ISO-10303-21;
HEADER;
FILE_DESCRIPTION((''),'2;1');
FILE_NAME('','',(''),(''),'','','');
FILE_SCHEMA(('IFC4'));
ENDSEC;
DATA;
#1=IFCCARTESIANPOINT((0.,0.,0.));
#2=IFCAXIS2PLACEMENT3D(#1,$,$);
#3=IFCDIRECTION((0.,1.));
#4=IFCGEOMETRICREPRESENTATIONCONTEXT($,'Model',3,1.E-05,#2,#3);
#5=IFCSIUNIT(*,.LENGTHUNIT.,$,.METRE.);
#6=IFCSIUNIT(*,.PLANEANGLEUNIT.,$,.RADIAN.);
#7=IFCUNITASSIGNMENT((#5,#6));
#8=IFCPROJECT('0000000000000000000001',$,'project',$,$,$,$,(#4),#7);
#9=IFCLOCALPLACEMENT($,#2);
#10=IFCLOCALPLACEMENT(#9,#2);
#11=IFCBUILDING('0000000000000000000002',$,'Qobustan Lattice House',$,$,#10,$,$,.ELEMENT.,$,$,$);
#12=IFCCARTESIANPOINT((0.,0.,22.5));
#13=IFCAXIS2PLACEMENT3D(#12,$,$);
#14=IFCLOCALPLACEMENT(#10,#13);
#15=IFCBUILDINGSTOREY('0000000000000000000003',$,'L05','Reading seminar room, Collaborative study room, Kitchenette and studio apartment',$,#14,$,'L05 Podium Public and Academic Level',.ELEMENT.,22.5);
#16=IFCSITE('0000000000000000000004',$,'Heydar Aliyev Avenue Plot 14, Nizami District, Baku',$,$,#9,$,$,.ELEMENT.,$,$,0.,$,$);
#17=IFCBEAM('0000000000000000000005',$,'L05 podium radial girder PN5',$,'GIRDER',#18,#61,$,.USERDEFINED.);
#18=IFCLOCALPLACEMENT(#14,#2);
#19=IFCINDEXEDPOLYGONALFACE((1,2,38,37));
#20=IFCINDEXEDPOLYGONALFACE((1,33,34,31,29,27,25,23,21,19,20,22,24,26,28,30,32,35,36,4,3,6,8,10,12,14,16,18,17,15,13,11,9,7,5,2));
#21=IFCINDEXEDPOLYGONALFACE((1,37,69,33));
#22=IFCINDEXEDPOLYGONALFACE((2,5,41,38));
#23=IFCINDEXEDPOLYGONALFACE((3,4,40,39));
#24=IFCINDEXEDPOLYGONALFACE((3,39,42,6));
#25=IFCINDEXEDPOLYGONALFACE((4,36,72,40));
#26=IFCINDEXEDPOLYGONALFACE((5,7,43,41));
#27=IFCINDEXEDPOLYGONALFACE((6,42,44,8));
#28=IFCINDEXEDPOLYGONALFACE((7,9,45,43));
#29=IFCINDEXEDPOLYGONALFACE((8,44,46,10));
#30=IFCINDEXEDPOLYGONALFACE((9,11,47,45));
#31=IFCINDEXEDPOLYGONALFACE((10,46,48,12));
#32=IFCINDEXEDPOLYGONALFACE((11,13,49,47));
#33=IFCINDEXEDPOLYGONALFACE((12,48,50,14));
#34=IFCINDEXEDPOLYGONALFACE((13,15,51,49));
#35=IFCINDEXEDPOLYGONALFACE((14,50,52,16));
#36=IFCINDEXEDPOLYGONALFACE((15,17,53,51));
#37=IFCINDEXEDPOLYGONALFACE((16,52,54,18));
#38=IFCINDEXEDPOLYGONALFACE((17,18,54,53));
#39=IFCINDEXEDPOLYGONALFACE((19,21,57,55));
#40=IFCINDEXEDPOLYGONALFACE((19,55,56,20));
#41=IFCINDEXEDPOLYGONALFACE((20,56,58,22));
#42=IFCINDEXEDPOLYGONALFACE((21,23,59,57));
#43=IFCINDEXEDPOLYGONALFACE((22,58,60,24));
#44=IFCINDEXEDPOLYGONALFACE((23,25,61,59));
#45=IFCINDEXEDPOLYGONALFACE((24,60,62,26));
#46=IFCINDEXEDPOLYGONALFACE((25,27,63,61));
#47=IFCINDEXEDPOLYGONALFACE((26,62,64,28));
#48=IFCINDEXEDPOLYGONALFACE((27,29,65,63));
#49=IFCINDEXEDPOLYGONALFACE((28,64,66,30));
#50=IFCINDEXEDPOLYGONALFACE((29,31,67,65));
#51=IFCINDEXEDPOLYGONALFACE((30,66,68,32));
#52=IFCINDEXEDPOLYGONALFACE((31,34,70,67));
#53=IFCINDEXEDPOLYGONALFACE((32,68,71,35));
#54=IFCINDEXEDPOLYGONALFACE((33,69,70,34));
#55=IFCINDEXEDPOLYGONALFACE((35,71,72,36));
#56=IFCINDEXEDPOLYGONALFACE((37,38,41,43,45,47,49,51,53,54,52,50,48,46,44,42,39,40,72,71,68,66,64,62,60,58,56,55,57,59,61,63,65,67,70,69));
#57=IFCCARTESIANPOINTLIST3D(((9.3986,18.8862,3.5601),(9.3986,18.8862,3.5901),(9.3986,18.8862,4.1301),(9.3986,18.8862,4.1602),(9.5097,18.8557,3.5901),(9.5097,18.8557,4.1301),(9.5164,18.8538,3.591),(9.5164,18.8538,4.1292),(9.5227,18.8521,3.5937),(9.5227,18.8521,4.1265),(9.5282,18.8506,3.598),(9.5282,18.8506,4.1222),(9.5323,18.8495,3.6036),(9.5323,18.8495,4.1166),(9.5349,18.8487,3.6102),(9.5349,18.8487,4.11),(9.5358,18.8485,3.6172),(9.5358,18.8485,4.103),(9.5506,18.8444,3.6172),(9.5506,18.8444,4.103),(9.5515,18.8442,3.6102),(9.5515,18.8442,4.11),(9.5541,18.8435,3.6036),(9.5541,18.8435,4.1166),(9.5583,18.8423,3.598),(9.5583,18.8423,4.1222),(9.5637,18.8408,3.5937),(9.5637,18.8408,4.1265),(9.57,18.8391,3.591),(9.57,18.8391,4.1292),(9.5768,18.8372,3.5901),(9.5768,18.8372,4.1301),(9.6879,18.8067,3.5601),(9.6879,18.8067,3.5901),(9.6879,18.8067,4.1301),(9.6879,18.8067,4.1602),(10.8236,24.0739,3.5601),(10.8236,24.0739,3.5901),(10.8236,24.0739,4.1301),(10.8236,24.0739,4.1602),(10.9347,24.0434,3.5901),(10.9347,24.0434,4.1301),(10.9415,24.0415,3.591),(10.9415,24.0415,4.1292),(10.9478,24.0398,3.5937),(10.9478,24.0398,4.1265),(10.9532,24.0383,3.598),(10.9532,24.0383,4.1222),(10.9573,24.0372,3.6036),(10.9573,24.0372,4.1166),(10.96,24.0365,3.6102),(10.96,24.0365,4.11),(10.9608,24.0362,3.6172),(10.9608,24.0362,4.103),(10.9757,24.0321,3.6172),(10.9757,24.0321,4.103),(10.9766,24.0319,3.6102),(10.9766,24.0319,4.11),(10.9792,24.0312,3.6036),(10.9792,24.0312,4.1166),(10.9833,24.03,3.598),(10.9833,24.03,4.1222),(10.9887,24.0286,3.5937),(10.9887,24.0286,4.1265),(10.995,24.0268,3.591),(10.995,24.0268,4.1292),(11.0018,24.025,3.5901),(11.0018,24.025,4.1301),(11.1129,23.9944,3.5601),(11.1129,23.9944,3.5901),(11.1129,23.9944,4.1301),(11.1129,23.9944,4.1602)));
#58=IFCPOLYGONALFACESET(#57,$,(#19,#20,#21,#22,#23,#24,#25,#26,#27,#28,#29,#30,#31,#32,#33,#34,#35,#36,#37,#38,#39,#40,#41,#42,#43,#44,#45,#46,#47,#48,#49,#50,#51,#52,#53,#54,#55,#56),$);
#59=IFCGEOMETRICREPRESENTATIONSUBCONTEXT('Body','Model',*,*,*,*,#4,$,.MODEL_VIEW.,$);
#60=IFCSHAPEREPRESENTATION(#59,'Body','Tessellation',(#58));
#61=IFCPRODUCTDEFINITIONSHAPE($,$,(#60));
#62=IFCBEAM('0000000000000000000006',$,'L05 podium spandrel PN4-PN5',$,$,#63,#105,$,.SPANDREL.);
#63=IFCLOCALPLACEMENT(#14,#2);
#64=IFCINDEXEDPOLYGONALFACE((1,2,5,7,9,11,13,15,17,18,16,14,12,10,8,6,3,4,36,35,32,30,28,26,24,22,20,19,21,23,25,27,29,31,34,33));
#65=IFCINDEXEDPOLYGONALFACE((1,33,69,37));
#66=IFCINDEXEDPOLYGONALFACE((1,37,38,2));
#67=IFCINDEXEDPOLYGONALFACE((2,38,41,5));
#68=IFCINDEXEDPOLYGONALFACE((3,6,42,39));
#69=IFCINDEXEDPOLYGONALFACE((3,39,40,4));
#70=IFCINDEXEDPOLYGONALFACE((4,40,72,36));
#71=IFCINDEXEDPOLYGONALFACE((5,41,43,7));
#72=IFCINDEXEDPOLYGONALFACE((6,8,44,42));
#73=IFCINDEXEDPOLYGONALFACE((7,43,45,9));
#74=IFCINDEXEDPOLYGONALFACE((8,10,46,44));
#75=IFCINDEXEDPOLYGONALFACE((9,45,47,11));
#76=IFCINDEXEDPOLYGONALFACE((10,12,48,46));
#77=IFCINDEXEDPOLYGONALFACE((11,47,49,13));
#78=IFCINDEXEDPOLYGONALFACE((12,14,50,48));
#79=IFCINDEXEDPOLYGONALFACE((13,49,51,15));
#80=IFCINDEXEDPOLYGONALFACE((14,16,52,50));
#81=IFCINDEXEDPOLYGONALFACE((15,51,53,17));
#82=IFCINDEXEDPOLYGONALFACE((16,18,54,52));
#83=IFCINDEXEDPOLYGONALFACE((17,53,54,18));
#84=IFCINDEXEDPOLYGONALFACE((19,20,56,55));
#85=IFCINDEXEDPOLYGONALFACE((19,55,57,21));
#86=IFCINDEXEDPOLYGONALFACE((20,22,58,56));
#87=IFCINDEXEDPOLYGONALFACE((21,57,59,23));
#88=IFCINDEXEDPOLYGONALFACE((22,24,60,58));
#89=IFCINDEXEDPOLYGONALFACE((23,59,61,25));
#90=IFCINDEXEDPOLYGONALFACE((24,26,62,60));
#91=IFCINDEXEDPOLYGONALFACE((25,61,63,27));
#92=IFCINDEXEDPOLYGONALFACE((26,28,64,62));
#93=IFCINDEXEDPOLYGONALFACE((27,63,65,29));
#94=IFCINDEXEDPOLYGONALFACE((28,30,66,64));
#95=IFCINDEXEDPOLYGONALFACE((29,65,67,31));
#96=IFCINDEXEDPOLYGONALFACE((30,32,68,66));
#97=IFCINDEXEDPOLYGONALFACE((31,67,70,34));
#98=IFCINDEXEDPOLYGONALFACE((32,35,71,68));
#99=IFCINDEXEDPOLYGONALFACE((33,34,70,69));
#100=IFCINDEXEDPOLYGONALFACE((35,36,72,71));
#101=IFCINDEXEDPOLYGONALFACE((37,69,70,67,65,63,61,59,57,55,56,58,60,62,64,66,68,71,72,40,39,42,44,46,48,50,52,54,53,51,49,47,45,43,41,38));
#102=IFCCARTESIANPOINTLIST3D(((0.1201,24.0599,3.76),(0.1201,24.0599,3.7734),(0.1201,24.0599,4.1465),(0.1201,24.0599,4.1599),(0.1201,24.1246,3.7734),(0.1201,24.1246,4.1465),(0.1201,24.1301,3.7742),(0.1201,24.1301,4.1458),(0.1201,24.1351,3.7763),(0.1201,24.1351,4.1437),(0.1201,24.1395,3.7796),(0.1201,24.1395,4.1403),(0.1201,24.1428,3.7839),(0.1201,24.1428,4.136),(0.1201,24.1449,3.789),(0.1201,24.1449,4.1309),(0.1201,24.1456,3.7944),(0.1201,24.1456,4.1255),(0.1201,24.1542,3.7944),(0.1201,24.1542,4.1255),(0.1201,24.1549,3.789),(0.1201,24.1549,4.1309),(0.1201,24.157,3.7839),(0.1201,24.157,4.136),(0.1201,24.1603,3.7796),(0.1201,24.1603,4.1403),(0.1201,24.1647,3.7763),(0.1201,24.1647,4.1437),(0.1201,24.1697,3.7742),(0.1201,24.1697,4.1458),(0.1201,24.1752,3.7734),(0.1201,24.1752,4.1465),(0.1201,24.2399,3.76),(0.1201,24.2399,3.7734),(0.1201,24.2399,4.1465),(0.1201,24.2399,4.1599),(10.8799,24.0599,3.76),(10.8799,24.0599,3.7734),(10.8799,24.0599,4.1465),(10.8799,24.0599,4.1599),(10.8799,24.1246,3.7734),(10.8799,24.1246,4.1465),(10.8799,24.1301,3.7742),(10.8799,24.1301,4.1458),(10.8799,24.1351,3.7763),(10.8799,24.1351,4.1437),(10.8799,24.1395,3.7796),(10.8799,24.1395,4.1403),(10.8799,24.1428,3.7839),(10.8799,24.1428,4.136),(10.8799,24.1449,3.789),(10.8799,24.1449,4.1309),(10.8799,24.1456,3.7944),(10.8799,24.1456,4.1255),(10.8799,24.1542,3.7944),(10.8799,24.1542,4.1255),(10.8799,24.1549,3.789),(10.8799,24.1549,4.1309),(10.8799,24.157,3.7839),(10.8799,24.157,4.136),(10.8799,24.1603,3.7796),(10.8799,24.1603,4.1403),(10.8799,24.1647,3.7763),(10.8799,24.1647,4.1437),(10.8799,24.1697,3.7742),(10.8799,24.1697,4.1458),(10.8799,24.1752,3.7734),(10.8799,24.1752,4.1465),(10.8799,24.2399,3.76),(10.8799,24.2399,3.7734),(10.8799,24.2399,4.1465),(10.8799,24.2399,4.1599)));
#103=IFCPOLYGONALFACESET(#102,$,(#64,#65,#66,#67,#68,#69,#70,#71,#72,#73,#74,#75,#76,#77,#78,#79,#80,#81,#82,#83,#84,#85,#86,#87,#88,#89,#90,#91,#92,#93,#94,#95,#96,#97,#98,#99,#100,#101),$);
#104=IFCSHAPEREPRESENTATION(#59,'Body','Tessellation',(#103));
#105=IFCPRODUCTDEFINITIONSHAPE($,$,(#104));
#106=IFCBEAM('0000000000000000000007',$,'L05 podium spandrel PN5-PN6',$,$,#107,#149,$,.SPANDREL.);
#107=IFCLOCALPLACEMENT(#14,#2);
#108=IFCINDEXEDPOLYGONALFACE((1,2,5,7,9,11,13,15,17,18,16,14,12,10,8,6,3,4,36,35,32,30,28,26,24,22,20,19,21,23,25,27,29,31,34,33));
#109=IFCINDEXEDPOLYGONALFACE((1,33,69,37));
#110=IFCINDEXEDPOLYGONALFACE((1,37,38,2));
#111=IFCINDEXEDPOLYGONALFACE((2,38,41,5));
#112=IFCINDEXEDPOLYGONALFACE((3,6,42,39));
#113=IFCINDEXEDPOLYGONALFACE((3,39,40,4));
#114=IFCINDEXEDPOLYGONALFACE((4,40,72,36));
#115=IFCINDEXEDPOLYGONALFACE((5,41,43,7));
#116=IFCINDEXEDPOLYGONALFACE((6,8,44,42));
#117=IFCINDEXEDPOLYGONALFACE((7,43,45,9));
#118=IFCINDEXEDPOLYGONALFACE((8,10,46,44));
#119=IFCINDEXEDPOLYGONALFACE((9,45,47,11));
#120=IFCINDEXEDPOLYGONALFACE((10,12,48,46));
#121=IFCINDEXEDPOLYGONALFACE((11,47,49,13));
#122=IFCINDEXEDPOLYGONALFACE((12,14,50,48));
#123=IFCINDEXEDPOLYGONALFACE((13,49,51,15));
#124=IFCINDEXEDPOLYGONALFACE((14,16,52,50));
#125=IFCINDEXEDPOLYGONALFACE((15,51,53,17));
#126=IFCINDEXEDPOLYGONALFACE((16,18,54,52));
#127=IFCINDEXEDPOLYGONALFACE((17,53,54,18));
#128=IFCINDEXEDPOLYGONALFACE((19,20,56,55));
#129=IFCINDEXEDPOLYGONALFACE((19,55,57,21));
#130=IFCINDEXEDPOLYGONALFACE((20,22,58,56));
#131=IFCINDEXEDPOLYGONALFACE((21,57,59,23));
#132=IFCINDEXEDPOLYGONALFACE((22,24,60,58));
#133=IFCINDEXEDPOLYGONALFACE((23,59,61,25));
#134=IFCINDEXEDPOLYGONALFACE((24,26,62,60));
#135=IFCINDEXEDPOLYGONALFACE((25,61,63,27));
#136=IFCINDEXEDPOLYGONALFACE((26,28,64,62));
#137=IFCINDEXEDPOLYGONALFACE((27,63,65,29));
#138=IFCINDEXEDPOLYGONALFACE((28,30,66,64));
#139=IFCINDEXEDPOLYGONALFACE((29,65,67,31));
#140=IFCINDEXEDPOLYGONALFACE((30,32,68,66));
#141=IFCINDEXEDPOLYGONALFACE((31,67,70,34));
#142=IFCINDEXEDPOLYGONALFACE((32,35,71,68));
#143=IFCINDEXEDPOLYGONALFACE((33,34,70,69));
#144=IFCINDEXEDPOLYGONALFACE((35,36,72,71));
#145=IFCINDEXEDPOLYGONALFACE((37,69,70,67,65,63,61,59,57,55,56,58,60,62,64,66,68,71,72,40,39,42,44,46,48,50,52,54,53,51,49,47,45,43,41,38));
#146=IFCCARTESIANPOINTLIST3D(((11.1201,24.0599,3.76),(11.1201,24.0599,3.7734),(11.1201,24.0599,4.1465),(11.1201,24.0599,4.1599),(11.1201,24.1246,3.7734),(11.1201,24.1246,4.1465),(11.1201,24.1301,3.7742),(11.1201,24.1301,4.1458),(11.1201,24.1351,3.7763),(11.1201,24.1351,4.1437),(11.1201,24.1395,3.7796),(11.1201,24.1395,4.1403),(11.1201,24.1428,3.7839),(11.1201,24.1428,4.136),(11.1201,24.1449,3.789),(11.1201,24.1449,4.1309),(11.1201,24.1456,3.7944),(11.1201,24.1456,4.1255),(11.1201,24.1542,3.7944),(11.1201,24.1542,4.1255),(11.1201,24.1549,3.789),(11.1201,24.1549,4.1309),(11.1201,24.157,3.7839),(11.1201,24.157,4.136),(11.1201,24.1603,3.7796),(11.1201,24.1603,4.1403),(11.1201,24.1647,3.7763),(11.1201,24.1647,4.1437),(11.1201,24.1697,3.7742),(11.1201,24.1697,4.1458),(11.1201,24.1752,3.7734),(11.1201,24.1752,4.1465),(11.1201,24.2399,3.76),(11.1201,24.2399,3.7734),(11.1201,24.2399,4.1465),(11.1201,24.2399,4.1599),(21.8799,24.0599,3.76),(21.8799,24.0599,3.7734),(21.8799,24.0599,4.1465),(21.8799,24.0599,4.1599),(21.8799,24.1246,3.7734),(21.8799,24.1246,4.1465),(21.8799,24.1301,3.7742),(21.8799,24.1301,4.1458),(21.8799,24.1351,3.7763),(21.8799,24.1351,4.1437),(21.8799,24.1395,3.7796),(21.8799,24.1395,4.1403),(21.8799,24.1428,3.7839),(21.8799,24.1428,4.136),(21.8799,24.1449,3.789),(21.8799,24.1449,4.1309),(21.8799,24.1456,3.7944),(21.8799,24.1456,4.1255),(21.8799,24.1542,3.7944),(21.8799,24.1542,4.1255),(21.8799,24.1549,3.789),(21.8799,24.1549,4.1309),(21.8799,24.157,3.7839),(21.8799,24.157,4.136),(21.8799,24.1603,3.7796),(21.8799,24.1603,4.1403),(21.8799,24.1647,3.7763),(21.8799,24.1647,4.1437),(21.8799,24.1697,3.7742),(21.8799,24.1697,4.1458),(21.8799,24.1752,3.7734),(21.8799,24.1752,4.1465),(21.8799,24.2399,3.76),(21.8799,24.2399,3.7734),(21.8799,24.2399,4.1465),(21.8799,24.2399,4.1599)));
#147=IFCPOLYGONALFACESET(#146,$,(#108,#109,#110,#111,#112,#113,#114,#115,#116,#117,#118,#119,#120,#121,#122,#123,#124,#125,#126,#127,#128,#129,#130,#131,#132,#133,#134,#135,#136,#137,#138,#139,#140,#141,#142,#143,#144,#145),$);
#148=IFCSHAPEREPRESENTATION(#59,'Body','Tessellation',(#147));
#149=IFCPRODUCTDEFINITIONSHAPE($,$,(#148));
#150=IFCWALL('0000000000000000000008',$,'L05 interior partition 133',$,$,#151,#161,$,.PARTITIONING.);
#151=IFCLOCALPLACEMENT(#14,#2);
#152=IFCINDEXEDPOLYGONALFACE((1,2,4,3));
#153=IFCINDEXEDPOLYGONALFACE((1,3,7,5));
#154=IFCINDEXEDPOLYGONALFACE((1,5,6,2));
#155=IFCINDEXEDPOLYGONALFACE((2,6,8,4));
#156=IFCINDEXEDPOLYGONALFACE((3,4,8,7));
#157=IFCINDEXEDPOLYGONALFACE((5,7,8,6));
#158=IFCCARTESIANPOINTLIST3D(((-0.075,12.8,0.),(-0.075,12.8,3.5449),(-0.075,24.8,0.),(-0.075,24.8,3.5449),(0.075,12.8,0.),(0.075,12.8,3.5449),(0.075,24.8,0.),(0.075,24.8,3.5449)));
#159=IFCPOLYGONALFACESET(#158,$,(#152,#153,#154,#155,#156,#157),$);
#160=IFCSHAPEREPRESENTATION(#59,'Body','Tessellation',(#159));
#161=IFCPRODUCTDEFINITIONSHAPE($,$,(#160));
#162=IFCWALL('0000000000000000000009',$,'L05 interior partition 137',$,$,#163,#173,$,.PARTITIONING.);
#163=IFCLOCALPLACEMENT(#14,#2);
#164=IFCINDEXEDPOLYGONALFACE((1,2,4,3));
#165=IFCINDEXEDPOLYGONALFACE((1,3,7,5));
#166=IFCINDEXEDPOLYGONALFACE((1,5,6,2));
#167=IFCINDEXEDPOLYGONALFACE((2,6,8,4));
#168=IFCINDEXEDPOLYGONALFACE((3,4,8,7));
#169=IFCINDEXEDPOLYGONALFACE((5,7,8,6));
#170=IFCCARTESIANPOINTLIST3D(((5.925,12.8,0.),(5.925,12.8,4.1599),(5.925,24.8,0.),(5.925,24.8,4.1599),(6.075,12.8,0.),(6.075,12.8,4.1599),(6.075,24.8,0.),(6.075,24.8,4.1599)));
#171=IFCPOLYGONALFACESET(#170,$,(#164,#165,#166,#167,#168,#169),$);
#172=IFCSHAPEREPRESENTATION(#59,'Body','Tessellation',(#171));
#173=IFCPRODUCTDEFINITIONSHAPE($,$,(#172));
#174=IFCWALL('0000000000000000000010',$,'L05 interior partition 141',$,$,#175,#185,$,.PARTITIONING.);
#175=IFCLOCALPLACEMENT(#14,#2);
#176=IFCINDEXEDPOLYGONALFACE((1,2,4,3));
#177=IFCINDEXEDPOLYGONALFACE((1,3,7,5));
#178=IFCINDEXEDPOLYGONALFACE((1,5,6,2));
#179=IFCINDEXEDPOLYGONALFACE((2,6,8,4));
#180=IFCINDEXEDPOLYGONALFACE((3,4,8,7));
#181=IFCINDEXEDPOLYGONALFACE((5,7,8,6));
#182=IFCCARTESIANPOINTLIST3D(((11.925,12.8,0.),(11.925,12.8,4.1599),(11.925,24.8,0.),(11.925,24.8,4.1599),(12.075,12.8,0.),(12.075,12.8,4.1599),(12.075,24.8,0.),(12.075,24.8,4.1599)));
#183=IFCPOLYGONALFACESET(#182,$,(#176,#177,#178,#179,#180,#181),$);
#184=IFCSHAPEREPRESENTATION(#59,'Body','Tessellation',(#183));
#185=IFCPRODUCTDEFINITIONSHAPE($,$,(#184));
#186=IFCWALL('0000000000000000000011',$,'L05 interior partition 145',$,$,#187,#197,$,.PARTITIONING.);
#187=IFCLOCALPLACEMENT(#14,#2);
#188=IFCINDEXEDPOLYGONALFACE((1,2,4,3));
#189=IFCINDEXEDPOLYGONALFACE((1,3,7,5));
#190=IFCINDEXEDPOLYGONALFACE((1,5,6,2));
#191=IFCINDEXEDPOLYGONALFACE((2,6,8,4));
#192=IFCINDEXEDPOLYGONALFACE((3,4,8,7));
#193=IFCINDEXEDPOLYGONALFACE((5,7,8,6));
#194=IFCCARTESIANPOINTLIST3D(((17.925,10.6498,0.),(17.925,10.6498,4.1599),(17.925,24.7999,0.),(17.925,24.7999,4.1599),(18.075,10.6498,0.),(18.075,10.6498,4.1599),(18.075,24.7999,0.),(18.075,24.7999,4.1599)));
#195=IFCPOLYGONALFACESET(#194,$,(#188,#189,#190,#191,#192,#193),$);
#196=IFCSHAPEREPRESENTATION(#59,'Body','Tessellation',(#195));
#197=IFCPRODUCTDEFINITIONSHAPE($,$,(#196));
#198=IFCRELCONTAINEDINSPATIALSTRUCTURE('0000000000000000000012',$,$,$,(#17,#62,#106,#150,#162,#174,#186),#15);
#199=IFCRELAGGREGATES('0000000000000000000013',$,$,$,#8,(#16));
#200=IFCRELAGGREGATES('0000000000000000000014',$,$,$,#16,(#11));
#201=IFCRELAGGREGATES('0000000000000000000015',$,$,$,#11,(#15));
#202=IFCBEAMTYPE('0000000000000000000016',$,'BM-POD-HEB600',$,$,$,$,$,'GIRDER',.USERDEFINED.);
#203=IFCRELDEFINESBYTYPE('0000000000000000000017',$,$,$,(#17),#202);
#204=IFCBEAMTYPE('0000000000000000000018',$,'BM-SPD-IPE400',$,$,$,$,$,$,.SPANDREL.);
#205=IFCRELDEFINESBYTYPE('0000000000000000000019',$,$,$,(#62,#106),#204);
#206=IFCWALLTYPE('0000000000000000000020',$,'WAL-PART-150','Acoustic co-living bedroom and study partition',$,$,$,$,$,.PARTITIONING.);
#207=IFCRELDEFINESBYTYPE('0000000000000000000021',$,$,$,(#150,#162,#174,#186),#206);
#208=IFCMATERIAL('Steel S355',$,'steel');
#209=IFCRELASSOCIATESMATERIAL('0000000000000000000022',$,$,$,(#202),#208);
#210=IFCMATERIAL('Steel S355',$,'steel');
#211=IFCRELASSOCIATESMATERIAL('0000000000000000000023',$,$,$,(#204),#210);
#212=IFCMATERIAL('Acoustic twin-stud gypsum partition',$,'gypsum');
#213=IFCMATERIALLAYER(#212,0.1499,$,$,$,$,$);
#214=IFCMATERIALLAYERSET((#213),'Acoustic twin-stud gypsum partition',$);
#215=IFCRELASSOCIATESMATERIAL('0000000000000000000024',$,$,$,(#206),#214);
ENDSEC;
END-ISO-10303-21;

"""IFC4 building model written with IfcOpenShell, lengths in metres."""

from ifc_helpers import new_model, si_unit, direction, frame, frame_2d, origin, origin_2d, place, context, subcontext, project, spatial, rectangle, i_section, extrude, material, layer, layer_set, material_profile, profile_set, type_object, element, save


model = new_model("IFC4")

# Units and contexts
model_context = context("Model", 3, precision=1e-05, world=origin(), true_north=direction((0.0, 1.0)))
body_context = subcontext(model_context, "Body", "Model", "MODEL_VIEW")
ifc_project = project(units=[si_unit("LENGTHUNIT", "METRE"), si_unit("PLANEANGLEUNIT", "RADIAN")], contexts=[model_context])

# Site, building, storey
site_placement = place(None, origin())
site = spatial("IfcSite", under=ifc_project, at=site_placement, Name="Heydar Aliyev Avenue Plot 14, Nizami District, Baku", CompositionType="ELEMENT", RefElevation=0.0)
building_placement = place(site_placement, origin())
building = spatial("IfcBuilding", under=site, at=building_placement, Name="Qobustan Lattice House", CompositionType="ELEMENT")
storey_placement = place(building_placement, frame((0.0, 0.0, 22.5)))
storey = spatial("IfcBuildingStorey", under=building, at=storey_placement, Name="L05", Description="Reading seminar room, Collaborative study room, Kitchenette and studio apartment", LongName="L05 Podium Public and Academic Level", CompositionType="ELEMENT", Elevation=22.5)

# Beams
ifc_material_1 = material(Name="Steel S355", Category="steel")
ifc_material_profile_1 = material_profile(ifc_material_1, i_section(OverallWidth=0.3, OverallDepth=0.6001, WebThickness=0.0154, FlangeThickness=0.03, FilletRadius=0.0271, at=origin_2d()), Name="HEB600")
ifc_profile_set_1 = profile_set([ifc_material_profile_1], Name="Steel S355")
beam_type_1 = type_object("IfcBeamType", Name="BM-POD-HEB600", ElementType="GIRDER", PredefinedType="USERDEFINED", material=ifc_profile_set_1)
beam_1_placement = place(storey_placement, frame((10.9683, 24.0342, 3.8601), z_axis=(-0.264883, -0.96428, 0.0), x_axis=(0.96428, -0.264883, 0.0)))
element("IfcBeam", 1, at=beam_1_placement, inside=storey, type_object=beam_type_1, Name="L05 podium radial girder PN5", ObjectType="GIRDER", PredefinedType="USERDEFINED", context=body_context, shape_type="SweptSolid", body=[
    extrude(i_section(OverallWidth=0.3, OverallDepth=0.6001, WebThickness=0.0154, FlangeThickness=0.03, FilletRadius=0.0271, at=origin_2d()), origin(), (0.0, 0.0, 1.0), 5.3799),
])
ifc_material_2 = material(Name="Steel S355", Category="steel")
ifc_material_profile_2 = material_profile(ifc_material_2, i_section(OverallWidth=0.1799, OverallDepth=0.3999, WebThickness=0.0085, FlangeThickness=0.0134, FilletRadius=0.021, at=origin_2d()), Name="IPE400")
ifc_profile_set_2 = profile_set([ifc_material_profile_2], Name="Steel S355")
beam_type_2 = type_object("IfcBeamType", Name="BM-SPD-IPE400", PredefinedType="SPANDREL", material=ifc_profile_set_2)
for number, where, z_axis, x_axis, name in (
    (2, (0.1201, 24.1499, 3.96), (1.0, 0.0, 0.0), (0.0, 1.0, 0.0), "L05 podium spandrel PN4-PN5"),
    (3, (11.1201, 24.1499, 3.96), (1.0, 0.0, 0.0), (0.0, 1.0, 0.0), "L05 podium spandrel PN5-PN6"),
):
    element("IfcBeam", number, at=place(storey_placement, frame(where, z_axis=z_axis, x_axis=x_axis)), inside=storey, type_object=beam_type_2, Name=name, PredefinedType="SPANDREL", context=body_context, shape_type="SweptSolid", body=[
        extrude(i_section(OverallWidth=0.1799, OverallDepth=0.3999, WebThickness=0.0085, FlangeThickness=0.0134, FilletRadius=0.021, at=origin_2d()), origin(), (0.0, 0.0, 1.0), 10.7598),
    ])

# Shared definitions
ifc_material_3 = material(Name="Acoustic twin-stud gypsum partition", Category="gypsum")
ifc_layer_1 = layer(ifc_material_3, 0.1499)
ifc_layer_set_1 = layer_set([ifc_layer_1], Name="Acoustic twin-stud gypsum partition")
wall_type_1 = type_object("IfcWallType", Name="WAL-PART-150", Description="Acoustic co-living bedroom and study partition", PredefinedType="PARTITIONING", material=ifc_layer_set_1)

# Walls
wall_1_placement = place(storey_placement, frame((0.0, 24.8, 0.0), z_axis=(0.0, 0.0, 1.0), x_axis=(0.0, -1.0, 0.0)))
element("IfcWall", 4, at=wall_1_placement, inside=storey, type_object=wall_type_1, Name="L05 interior partition 133", PredefinedType="PARTITIONING", context=body_context, shape_type="SweptSolid", body=[
    extrude(rectangle(XDim=12.0, YDim=0.1499, at=frame_2d((6.0, 0.0))), origin(), (0.0, 0.0, 1.0), 3.5449),
])
for number, where, z_axis, x_axis, name in (
    (5, (6.0, 24.8, 0.0), (0.0, 0.0, 1.0), (0.0, -1.0, 0.0), "L05 interior partition 137"),
    (6, (12.0, 24.8, 0.0), (0.0, 0.0, 1.0), (0.0, -1.0, 0.0), "L05 interior partition 141"),
):
    element("IfcWall", number, at=place(storey_placement, frame(where, z_axis=z_axis, x_axis=x_axis)), inside=storey, type_object=wall_type_1, Name=name, PredefinedType="PARTITIONING", context=body_context, shape_type="SweptSolid", body=[
        extrude(rectangle(XDim=12.0, YDim=0.1499, at=frame_2d((6.0, 0.0))), origin(), (0.0, 0.0, 1.0), 4.1599),
    ])
wall_2_placement = place(storey_placement, frame((18.0, 24.8, 0.0), z_axis=(0.0, 0.0, 1.0), x_axis=(0.0, -1.0, 0.0)))
element("IfcWall", 7, at=wall_2_placement, inside=storey, type_object=wall_type_1, Name="L05 interior partition 145", PredefinedType="PARTITIONING", context=body_context, shape_type="SweptSolid", body=[
    extrude(rectangle(XDim=14.1501, YDim=0.1499, at=frame_2d((7.0752, 0.0))), origin(), (0.0, 0.0, 1.0), 4.1599),
])

save(model, "model.ifc")
